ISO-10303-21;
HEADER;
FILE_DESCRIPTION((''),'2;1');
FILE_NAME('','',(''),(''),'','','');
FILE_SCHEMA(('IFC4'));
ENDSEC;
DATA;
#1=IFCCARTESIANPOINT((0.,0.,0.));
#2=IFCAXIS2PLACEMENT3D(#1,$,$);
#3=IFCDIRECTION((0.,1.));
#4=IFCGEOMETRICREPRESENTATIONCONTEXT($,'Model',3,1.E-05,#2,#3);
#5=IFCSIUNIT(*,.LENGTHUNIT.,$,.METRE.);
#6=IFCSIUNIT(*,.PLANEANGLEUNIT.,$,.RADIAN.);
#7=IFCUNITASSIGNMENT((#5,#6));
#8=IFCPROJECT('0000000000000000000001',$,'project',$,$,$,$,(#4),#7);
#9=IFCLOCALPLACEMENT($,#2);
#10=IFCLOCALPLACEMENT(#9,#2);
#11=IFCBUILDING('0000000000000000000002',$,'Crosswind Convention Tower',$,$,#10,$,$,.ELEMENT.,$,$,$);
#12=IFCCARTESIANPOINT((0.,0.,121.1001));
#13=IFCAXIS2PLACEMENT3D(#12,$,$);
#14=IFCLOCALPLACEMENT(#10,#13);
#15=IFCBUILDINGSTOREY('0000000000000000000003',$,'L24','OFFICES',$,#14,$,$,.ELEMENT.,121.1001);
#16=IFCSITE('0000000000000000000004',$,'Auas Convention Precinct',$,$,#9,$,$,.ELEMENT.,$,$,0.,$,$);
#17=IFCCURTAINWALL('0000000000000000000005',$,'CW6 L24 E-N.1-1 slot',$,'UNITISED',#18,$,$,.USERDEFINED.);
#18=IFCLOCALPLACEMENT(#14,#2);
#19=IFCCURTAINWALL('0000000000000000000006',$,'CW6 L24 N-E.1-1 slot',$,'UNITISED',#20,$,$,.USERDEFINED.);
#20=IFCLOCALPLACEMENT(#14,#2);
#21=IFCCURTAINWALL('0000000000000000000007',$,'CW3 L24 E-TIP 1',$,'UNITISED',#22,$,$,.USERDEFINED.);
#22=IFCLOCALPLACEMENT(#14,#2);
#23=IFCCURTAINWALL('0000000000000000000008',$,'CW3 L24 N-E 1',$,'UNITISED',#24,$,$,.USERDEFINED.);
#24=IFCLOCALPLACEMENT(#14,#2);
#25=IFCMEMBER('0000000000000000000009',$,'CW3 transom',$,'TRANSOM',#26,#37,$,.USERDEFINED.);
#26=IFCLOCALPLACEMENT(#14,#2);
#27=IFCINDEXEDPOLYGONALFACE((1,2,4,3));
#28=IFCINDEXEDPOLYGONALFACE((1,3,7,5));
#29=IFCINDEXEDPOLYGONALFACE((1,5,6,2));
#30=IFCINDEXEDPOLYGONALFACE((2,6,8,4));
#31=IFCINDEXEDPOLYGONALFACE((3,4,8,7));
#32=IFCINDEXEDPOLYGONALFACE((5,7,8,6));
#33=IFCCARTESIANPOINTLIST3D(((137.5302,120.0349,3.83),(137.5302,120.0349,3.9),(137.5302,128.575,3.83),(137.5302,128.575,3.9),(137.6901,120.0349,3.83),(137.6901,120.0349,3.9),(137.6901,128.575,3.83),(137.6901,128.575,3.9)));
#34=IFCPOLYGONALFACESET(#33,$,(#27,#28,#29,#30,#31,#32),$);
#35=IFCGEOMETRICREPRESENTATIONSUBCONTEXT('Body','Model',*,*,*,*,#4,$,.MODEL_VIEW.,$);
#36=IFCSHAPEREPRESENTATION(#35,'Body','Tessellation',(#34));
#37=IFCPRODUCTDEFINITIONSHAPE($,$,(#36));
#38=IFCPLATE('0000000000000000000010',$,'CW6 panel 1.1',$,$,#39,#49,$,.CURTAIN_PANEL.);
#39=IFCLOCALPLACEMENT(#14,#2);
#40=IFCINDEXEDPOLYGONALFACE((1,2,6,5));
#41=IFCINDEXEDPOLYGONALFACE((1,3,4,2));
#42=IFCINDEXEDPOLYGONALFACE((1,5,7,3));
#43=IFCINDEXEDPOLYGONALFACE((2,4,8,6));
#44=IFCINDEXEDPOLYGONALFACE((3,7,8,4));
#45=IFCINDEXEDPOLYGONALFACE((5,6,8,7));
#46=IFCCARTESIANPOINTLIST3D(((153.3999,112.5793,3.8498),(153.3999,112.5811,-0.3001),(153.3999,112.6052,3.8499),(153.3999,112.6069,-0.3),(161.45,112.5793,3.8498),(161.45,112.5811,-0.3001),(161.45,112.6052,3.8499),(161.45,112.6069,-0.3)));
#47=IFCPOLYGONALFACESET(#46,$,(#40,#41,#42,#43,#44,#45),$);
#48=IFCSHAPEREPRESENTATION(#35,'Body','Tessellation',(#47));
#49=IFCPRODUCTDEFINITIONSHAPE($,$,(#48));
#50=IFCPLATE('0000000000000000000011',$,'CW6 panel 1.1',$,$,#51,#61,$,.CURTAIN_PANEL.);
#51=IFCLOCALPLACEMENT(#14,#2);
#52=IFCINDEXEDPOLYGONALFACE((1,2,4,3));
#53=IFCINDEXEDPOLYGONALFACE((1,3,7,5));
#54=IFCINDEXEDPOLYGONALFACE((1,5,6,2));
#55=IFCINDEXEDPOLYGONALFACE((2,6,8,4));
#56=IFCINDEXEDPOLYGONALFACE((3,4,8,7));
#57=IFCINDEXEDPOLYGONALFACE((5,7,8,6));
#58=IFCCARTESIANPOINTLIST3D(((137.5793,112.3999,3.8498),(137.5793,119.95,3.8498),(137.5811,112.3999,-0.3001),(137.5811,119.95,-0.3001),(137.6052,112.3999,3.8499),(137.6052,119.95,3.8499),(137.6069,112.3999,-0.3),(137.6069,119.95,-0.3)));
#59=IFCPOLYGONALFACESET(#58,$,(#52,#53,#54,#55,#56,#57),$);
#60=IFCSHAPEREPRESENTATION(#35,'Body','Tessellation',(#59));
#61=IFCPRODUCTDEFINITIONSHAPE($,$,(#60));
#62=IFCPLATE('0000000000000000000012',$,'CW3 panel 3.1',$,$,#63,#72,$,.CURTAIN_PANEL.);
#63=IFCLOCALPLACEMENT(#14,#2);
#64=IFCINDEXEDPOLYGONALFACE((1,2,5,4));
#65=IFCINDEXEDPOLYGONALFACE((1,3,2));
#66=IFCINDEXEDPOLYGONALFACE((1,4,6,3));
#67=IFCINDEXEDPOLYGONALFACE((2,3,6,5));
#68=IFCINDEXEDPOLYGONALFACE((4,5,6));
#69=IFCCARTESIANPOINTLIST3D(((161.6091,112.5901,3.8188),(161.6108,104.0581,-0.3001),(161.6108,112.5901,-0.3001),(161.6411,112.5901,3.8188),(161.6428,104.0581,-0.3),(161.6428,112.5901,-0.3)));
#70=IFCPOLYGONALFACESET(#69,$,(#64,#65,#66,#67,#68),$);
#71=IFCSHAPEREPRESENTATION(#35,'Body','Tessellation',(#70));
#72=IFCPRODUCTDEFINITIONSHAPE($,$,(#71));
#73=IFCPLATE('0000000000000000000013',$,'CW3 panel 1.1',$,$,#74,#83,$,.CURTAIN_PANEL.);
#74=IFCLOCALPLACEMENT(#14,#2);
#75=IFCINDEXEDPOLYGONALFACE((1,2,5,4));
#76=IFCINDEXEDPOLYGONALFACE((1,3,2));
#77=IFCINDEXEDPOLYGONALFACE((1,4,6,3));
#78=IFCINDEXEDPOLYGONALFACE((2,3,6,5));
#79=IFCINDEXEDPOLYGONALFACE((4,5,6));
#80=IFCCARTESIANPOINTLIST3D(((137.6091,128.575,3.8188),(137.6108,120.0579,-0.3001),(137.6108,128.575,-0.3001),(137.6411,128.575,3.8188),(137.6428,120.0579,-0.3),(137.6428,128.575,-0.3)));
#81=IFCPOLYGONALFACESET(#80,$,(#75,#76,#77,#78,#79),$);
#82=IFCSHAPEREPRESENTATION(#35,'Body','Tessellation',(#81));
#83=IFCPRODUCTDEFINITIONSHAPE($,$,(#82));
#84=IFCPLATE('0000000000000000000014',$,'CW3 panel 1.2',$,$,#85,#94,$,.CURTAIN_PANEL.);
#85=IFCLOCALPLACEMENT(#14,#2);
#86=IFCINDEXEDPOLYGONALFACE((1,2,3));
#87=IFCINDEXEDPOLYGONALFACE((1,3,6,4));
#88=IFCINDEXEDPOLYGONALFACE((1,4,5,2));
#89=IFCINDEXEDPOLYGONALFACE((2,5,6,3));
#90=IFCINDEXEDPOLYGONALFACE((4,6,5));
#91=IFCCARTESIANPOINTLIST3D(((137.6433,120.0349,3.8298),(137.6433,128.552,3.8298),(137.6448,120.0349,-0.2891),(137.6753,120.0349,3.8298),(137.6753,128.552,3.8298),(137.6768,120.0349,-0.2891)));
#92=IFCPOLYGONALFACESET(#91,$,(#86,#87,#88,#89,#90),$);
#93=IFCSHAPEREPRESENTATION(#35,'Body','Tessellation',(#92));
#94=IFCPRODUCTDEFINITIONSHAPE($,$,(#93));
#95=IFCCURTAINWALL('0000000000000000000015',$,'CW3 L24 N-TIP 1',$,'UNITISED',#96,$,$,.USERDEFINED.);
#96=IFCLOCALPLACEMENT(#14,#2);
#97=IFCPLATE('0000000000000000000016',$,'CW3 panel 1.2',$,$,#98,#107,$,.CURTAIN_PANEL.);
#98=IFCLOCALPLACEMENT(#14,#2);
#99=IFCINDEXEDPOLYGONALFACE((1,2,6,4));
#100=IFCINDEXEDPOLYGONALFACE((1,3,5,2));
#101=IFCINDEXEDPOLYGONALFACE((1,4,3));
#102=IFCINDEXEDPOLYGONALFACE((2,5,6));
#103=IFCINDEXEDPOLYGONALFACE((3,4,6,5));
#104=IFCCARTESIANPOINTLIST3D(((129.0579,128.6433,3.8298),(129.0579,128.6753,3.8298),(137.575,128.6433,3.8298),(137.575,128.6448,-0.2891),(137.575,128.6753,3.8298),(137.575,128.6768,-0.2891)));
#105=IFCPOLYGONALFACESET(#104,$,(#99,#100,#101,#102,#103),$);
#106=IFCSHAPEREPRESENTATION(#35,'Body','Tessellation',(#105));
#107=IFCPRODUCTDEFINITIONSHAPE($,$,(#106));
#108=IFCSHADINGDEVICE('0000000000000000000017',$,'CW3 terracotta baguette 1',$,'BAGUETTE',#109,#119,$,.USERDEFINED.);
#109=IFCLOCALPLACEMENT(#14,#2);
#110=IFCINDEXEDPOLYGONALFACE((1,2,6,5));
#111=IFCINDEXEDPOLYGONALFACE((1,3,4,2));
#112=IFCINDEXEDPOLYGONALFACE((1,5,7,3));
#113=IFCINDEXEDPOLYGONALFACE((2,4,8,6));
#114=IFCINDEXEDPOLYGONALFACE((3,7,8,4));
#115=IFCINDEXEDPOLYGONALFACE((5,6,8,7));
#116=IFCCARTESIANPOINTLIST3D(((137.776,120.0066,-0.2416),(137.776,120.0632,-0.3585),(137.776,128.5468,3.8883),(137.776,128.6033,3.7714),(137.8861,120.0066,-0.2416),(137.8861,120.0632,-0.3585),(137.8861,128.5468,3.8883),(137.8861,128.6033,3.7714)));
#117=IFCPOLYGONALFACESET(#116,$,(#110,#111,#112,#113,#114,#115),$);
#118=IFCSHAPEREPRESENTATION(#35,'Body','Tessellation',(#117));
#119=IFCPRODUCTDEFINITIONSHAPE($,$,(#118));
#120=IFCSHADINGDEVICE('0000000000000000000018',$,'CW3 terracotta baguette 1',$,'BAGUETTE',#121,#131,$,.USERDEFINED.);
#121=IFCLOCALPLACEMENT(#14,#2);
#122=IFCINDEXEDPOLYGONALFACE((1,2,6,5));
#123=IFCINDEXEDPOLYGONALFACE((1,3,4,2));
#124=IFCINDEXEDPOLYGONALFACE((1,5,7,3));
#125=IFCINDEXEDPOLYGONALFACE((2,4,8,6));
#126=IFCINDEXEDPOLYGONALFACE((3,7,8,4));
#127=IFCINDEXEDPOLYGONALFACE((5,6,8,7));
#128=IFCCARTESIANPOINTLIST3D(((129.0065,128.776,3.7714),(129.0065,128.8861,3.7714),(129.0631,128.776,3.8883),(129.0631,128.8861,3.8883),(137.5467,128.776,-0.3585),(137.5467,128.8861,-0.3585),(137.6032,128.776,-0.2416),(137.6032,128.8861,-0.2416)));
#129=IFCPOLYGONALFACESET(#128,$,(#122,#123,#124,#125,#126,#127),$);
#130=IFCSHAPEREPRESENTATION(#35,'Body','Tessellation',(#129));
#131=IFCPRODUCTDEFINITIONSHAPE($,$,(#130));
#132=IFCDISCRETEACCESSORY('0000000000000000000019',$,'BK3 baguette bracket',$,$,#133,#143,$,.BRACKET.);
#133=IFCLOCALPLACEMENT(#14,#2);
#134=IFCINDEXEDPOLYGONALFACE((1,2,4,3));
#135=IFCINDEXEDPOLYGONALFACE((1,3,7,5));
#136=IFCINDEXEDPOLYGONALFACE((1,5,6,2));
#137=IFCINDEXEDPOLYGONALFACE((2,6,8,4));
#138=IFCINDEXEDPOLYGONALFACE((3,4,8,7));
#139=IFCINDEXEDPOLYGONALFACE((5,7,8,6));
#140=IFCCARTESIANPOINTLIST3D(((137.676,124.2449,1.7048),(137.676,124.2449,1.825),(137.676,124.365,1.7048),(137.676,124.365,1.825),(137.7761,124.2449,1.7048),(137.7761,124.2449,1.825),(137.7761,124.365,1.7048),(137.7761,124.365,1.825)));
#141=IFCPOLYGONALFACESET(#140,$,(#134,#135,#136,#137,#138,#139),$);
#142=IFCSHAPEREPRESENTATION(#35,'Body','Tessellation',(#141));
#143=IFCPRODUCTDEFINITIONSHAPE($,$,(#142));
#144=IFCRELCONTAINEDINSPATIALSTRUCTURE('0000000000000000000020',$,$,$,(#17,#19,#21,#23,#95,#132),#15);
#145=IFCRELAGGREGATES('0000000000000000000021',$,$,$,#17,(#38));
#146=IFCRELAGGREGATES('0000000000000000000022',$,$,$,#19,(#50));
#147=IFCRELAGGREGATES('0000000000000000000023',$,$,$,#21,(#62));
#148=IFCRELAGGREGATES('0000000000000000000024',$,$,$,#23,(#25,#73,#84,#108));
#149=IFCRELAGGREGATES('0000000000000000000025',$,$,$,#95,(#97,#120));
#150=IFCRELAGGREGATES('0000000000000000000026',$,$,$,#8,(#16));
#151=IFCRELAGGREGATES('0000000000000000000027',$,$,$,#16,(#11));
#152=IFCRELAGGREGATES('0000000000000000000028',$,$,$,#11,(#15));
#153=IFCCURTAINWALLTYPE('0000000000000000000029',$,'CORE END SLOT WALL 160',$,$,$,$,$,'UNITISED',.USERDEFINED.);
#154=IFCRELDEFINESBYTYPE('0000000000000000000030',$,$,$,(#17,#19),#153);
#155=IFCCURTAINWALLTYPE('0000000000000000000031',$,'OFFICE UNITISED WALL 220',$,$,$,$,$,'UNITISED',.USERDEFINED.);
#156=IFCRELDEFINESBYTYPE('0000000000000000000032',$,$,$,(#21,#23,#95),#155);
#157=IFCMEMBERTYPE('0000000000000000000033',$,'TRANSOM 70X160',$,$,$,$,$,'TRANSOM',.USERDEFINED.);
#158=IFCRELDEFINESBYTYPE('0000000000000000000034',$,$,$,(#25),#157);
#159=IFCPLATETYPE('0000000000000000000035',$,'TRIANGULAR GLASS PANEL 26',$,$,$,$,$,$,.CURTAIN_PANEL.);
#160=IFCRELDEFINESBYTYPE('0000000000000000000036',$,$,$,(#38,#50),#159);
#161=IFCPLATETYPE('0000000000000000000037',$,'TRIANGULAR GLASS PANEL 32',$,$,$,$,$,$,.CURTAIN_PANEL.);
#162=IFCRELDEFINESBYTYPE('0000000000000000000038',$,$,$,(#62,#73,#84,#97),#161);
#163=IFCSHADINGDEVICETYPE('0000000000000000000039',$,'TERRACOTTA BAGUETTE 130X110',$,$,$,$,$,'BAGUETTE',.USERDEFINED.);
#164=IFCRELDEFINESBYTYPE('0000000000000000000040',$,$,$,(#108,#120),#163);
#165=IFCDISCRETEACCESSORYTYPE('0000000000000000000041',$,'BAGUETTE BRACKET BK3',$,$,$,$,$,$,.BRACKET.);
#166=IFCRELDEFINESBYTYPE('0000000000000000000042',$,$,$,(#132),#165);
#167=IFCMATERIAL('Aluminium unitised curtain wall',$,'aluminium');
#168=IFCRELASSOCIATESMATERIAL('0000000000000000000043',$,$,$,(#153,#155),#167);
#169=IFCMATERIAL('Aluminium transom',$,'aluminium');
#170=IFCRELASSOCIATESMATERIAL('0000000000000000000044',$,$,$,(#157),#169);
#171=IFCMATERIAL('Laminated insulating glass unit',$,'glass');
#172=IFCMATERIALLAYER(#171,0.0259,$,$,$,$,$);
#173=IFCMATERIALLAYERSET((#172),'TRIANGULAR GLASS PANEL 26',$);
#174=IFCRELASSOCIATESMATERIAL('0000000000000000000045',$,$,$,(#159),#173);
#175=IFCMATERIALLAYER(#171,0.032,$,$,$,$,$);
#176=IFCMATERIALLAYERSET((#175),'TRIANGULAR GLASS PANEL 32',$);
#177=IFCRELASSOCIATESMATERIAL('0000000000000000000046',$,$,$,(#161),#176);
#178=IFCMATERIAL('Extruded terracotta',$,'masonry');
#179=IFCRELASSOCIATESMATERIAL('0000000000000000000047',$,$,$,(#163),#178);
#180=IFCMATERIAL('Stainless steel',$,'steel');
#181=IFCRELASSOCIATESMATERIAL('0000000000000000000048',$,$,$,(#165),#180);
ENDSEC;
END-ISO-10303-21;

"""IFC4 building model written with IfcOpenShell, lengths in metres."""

from ifc_helpers import new_model, si_unit, direction, frame, origin, origin_2d, place, context, subcontext, project, spatial, polyline, rectangle, outline, extrude, material, layer, layer_set, material_profile, profile_set, type_object, element, aggregate, save


model = new_model("IFC4")

# Units and contexts
model_context = context("Model", 3, precision=1e-05, world=origin(), true_north=direction((0.0, 1.0)))
body_context = subcontext(model_context, "Body", "Model", "MODEL_VIEW")
ifc_project = project(units=[si_unit("LENGTHUNIT", "METRE"), si_unit("PLANEANGLEUNIT", "RADIAN")], contexts=[model_context])

# Site, building, storey
site_placement = place(None, origin())
site = spatial("IfcSite", under=ifc_project, at=site_placement, Name="Auas Convention Precinct", CompositionType="ELEMENT", RefElevation=0.0)
building_placement = place(site_placement, origin())
building = spatial("IfcBuilding", under=site, at=building_placement, Name="Crosswind Convention Tower", CompositionType="ELEMENT")
storey_placement = place(building_placement, frame((0.0, 0.0, 121.1001)))
storey = spatial("IfcBuildingStorey", under=building, at=storey_placement, Name="L24", Description="OFFICES", CompositionType="ELEMENT", Elevation=121.1001)

# Curtain walls
ifc_material_1 = material(Name="Aluminium unitised curtain wall", Category="aluminium")
curtain_wall_type_1 = type_object("IfcCurtainWallType", Name="CORE END SLOT WALL 160", ElementType="UNITISED", PredefinedType="USERDEFINED", material=ifc_material_1)
curtain_wall_1_placement = place(storey_placement, origin())
curtain_wall_1 = element("IfcCurtainWall", 1, at=curtain_wall_1_placement, inside=storey, type_object=curtain_wall_type_1, Name="CW6 L24 E-N.1-1 slot", ObjectType="UNITISED", PredefinedType="USERDEFINED")
curtain_wall_2_placement = place(storey_placement, origin())
curtain_wall_2 = element("IfcCurtainWall", 2, at=curtain_wall_2_placement, inside=storey, type_object=curtain_wall_type_1, Name="CW6 L24 N-E.1-1 slot", ObjectType="UNITISED", PredefinedType="USERDEFINED")

# Curtain wall
curtain_wall_type_2 = type_object("IfcCurtainWallType", Name="OFFICE UNITISED WALL 220", ElementType="UNITISED", PredefinedType="USERDEFINED", material=ifc_material_1)
curtain_wall_3_placement = place(storey_placement, origin())
curtain_wall_3 = element("IfcCurtainWall", 3, at=curtain_wall_3_placement, inside=storey, type_object=curtain_wall_type_2, Name="CW3 L24 E-TIP 1", ObjectType="UNITISED", PredefinedType="USERDEFINED")

# Curtain wall
curtain_wall_4_placement = place(storey_placement, origin())
curtain_wall_4 = element("IfcCurtainWall", 4, at=curtain_wall_4_placement, inside=storey, type_object=curtain_wall_type_2, Name="CW3 L24 N-E 1", ObjectType="UNITISED", PredefinedType="USERDEFINED")

# Member
ifc_material_2 = material(Name="Aluminium transom", Category="aluminium")
ifc_material_profile_1 = material_profile(ifc_material_2, rectangle(XDim=0.1599, YDim=0.0701, at=origin_2d()), Name="AL 160X70")
ifc_profile_set_1 = profile_set([ifc_material_profile_1], Name="Aluminium transom")
member_type_1 = type_object("IfcMemberType", Name="TRANSOM 70X160", ElementType="TRANSOM", PredefinedType="USERDEFINED", material=ifc_profile_set_1)
member_1_placement = place(storey_placement, frame((137.6101, 120.0349, 3.865), z_axis=(0.0, 1.0, 0.0), x_axis=(-1.0, 0.0, 0.0)))
member_1 = element("IfcMember", 5, at=member_1_placement, type_object=member_type_1, Name="CW3 transom", ObjectType="TRANSOM", PredefinedType="USERDEFINED", context=body_context, shape_type="SweptSolid", body=[
    extrude(rectangle(XDim=0.1599, YDim=0.0701, at=origin_2d()), origin(), (0.0, 0.0, 1.0), 8.54),
])

# Plates
ifc_material_3 = material(Name="Laminated insulating glass unit", Category="glass")
ifc_layer_1 = layer(ifc_material_3, 0.0259)
ifc_layer_set_1 = layer_set([ifc_layer_1], Name="TRIANGULAR GLASS PANEL 26")
plate_type_1 = type_object("IfcPlateType", Name="TRIANGULAR GLASS PANEL 26", PredefinedType="CURTAIN_PANEL", material=ifc_layer_set_1)
plate_1_placement = place(storey_placement, frame((161.45, 112.6069, -0.3), z_axis=(0.0, 1.0, 0.000412), x_axis=(-1.0, 0.0, 0.0)))
plate_1 = element("IfcPlate", 6, at=plate_1_placement, type_object=plate_type_1, Name="CW6 panel 1.1", PredefinedType="CURTAIN_PANEL", context=body_context, shape_type="SweptSolid", body=[
    extrude(outline(polyline([(0.0, 0.0), (8.05, 0.0), (8.05, 4.1499), (0.0, 4.1499), (0.0, 0.0)])), origin(), (0.0, 0.0, -1.0), 0.0259),
])
aggregate(curtain_wall_1, [plate_1])
plate_2_placement = place(storey_placement, frame((137.6069, 112.3999, -0.3), z_axis=(1.0, 0.0, 0.000412), x_axis=(0.0, 1.0, 0.0)))
plate_2 = element("IfcPlate", 7, at=plate_2_placement, type_object=plate_type_1, Name="CW6 panel 1.1", PredefinedType="CURTAIN_PANEL", context=body_context, shape_type="SweptSolid", body=[
    extrude(outline(polyline([(0.0, 0.0), (7.55, 0.0), (7.55, 4.1499), (0.0, 4.1499), (0.0, 0.0)])), origin(), (0.0, 0.0, -1.0), 0.0259),
])
aggregate(curtain_wall_2, [plate_2])
ifc_layer_2 = layer(ifc_material_3, 0.032)
ifc_layer_set_2 = layer_set([ifc_layer_2], Name="TRIANGULAR GLASS PANEL 32")
plate_type_2 = type_object("IfcPlateType", Name="TRIANGULAR GLASS PANEL 32", PredefinedType="CURTAIN_PANEL", material=ifc_layer_set_2)
plate_3_placement = place(storey_placement, frame((161.6428, 112.5901, -0.3), z_axis=(1.0, 0.0, 0.000415), x_axis=(-0.000415, 0.0, 1.0)))
plate_3 = element("IfcPlate", 8, at=plate_3_placement, type_object=plate_type_2, Name="CW3 panel 3.1", PredefinedType="CURTAIN_PANEL", context=body_context, shape_type="SweptSolid", body=[
    extrude(outline(polyline([(0.0, 0.0), (4.1189, 0.0), (0.0, 8.532), (0.0, 0.0)])), origin(), (0.0, 0.0, -1.0), 0.032),
])
aggregate(curtain_wall_3, [plate_3])
plate_4_placement = place(storey_placement, frame((137.6428, 128.575, -0.3), z_axis=(1.0, 0.0, 0.000415), x_axis=(-0.000415, 0.0, 1.0)))
plate_4 = element("IfcPlate", 9, at=plate_4_placement, type_object=plate_type_2, Name="CW3 panel 1.1", PredefinedType="CURTAIN_PANEL", context=body_context, shape_type="SweptSolid", body=[
    extrude(outline(polyline([(0.0, 0.0), (4.1189, 0.0), (0.0, 8.5171), (0.0, 0.0)])), origin(), (0.0, 0.0, -1.0), 0.032),
])
plate_5_placement = place(storey_placement, frame((137.6753, 120.0349, 3.8298), z_axis=(1.0, 0.0, 0.000356), x_axis=(0.000356, 0.0, -1.0)))
plate_5 = element("IfcPlate", 10, at=plate_5_placement, type_object=plate_type_2, Name="CW3 panel 1.2", PredefinedType="CURTAIN_PANEL", context=body_context, shape_type="SweptSolid", body=[
    extrude(outline(polyline([(0.0, 0.0), (4.1189, 0.0), (0.0, 8.5171), (0.0, 0.0)])), origin(), (0.0, 0.0, -1.0), 0.032),
])

# Curtain wall, plate
curtain_wall_5_placement = place(storey_placement, origin())
curtain_wall_5 = element("IfcCurtainWall", 11, at=curtain_wall_5_placement, inside=storey, type_object=curtain_wall_type_2, Name="CW3 L24 N-TIP 1", ObjectType="UNITISED", PredefinedType="USERDEFINED")
plate_6_placement = place(storey_placement, frame((137.575, 128.6753, 3.8298), z_axis=(0.0, 1.0, 0.000356), x_axis=(0.0, 0.000356, -1.0)))
plate_6 = element("IfcPlate", 12, at=plate_6_placement, type_object=plate_type_2, Name="CW3 panel 1.2", PredefinedType="CURTAIN_PANEL", context=body_context, shape_type="SweptSolid", body=[
    extrude(outline(polyline([(0.0, 0.0), (4.1189, 0.0), (0.0, 8.5171), (0.0, 0.0)])), origin(), (0.0, 0.0, -1.0), 0.032),
])

# Shading devices
ifc_material_4 = material(Name="Extruded terracotta", Category="masonry")
ifc_material_profile_2 = material_profile(ifc_material_4, rectangle(XDim=0.1101, YDim=0.1299, at=origin_2d()), Name="TC 110X130")
ifc_profile_set_2 = profile_set([ifc_material_profile_2], Name="Extruded terracotta")
shading_device_type = type_object("IfcShadingDeviceType", Name="TERRACOTTA BAGUETTE 130X110", ElementType="BAGUETTE", PredefinedType="USERDEFINED", material=ifc_profile_set_2)
shading_device_1_placement = place(storey_placement, frame((137.8311, 120.0349, -0.3), z_axis=(0.0, 0.900258, 0.435356), x_axis=(-1.0, 0.0, 0.0)))
shading_device_1 = element("IfcShadingDevice", 13, at=shading_device_1_placement, type_object=shading_device_type, Name="CW3 terracotta baguette 1", ObjectType="BAGUETTE", PredefinedType="USERDEFINED", context=body_context, shape_type="SweptSolid", body=[
    extrude(rectangle(XDim=0.1101, YDim=0.1299, at=origin_2d()), origin(), (0.0, 0.0, 1.0), 9.4863),
])
aggregate(curtain_wall_4, [member_1, plate_4, plate_5, shading_device_1])
shading_device_2_placement = place(storey_placement, frame((137.575, 128.8311, -0.3), z_axis=(-0.900258, 0.0, 0.435356), x_axis=(0.0, -1.0, 0.0)))
shading_device_2 = element("IfcShadingDevice", 14, at=shading_device_2_placement, type_object=shading_device_type, Name="CW3 terracotta baguette 1", ObjectType="BAGUETTE", PredefinedType="USERDEFINED", context=body_context, shape_type="SweptSolid", body=[
    extrude(rectangle(XDim=0.1101, YDim=0.1299, at=origin_2d()), origin(), (0.0, 0.0, 1.0), 9.4863),
])
aggregate(curtain_wall_5, [plate_6, shading_device_2])

# Discrete accessory
ifc_material_5 = material(Name="Stainless steel", Category="steel")
discrete_accessory_type = type_object("IfcDiscreteAccessoryType", Name="BAGUETTE BRACKET BK3", PredefinedType="BRACKET", material=ifc_material_5)
discrete_accessory_placement = place(storey_placement, frame((137.7261, 124.3049, 1.7048), z_axis=(0.0, 0.0, 1.0), x_axis=(0.0, 1.0, 0.0)))
element("IfcDiscreteAccessory", 15, at=discrete_accessory_placement, inside=storey, type_object=discrete_accessory_type, Name="BK3 baguette bracket", PredefinedType="BRACKET", context=body_context, shape_type="SweptSolid", body=[
    extrude(rectangle(XDim=0.1201, YDim=0.1001, at=origin_2d()), origin(), (0.0, 0.0, 1.0), 0.1201),
])

save(model, "model.ifc")
